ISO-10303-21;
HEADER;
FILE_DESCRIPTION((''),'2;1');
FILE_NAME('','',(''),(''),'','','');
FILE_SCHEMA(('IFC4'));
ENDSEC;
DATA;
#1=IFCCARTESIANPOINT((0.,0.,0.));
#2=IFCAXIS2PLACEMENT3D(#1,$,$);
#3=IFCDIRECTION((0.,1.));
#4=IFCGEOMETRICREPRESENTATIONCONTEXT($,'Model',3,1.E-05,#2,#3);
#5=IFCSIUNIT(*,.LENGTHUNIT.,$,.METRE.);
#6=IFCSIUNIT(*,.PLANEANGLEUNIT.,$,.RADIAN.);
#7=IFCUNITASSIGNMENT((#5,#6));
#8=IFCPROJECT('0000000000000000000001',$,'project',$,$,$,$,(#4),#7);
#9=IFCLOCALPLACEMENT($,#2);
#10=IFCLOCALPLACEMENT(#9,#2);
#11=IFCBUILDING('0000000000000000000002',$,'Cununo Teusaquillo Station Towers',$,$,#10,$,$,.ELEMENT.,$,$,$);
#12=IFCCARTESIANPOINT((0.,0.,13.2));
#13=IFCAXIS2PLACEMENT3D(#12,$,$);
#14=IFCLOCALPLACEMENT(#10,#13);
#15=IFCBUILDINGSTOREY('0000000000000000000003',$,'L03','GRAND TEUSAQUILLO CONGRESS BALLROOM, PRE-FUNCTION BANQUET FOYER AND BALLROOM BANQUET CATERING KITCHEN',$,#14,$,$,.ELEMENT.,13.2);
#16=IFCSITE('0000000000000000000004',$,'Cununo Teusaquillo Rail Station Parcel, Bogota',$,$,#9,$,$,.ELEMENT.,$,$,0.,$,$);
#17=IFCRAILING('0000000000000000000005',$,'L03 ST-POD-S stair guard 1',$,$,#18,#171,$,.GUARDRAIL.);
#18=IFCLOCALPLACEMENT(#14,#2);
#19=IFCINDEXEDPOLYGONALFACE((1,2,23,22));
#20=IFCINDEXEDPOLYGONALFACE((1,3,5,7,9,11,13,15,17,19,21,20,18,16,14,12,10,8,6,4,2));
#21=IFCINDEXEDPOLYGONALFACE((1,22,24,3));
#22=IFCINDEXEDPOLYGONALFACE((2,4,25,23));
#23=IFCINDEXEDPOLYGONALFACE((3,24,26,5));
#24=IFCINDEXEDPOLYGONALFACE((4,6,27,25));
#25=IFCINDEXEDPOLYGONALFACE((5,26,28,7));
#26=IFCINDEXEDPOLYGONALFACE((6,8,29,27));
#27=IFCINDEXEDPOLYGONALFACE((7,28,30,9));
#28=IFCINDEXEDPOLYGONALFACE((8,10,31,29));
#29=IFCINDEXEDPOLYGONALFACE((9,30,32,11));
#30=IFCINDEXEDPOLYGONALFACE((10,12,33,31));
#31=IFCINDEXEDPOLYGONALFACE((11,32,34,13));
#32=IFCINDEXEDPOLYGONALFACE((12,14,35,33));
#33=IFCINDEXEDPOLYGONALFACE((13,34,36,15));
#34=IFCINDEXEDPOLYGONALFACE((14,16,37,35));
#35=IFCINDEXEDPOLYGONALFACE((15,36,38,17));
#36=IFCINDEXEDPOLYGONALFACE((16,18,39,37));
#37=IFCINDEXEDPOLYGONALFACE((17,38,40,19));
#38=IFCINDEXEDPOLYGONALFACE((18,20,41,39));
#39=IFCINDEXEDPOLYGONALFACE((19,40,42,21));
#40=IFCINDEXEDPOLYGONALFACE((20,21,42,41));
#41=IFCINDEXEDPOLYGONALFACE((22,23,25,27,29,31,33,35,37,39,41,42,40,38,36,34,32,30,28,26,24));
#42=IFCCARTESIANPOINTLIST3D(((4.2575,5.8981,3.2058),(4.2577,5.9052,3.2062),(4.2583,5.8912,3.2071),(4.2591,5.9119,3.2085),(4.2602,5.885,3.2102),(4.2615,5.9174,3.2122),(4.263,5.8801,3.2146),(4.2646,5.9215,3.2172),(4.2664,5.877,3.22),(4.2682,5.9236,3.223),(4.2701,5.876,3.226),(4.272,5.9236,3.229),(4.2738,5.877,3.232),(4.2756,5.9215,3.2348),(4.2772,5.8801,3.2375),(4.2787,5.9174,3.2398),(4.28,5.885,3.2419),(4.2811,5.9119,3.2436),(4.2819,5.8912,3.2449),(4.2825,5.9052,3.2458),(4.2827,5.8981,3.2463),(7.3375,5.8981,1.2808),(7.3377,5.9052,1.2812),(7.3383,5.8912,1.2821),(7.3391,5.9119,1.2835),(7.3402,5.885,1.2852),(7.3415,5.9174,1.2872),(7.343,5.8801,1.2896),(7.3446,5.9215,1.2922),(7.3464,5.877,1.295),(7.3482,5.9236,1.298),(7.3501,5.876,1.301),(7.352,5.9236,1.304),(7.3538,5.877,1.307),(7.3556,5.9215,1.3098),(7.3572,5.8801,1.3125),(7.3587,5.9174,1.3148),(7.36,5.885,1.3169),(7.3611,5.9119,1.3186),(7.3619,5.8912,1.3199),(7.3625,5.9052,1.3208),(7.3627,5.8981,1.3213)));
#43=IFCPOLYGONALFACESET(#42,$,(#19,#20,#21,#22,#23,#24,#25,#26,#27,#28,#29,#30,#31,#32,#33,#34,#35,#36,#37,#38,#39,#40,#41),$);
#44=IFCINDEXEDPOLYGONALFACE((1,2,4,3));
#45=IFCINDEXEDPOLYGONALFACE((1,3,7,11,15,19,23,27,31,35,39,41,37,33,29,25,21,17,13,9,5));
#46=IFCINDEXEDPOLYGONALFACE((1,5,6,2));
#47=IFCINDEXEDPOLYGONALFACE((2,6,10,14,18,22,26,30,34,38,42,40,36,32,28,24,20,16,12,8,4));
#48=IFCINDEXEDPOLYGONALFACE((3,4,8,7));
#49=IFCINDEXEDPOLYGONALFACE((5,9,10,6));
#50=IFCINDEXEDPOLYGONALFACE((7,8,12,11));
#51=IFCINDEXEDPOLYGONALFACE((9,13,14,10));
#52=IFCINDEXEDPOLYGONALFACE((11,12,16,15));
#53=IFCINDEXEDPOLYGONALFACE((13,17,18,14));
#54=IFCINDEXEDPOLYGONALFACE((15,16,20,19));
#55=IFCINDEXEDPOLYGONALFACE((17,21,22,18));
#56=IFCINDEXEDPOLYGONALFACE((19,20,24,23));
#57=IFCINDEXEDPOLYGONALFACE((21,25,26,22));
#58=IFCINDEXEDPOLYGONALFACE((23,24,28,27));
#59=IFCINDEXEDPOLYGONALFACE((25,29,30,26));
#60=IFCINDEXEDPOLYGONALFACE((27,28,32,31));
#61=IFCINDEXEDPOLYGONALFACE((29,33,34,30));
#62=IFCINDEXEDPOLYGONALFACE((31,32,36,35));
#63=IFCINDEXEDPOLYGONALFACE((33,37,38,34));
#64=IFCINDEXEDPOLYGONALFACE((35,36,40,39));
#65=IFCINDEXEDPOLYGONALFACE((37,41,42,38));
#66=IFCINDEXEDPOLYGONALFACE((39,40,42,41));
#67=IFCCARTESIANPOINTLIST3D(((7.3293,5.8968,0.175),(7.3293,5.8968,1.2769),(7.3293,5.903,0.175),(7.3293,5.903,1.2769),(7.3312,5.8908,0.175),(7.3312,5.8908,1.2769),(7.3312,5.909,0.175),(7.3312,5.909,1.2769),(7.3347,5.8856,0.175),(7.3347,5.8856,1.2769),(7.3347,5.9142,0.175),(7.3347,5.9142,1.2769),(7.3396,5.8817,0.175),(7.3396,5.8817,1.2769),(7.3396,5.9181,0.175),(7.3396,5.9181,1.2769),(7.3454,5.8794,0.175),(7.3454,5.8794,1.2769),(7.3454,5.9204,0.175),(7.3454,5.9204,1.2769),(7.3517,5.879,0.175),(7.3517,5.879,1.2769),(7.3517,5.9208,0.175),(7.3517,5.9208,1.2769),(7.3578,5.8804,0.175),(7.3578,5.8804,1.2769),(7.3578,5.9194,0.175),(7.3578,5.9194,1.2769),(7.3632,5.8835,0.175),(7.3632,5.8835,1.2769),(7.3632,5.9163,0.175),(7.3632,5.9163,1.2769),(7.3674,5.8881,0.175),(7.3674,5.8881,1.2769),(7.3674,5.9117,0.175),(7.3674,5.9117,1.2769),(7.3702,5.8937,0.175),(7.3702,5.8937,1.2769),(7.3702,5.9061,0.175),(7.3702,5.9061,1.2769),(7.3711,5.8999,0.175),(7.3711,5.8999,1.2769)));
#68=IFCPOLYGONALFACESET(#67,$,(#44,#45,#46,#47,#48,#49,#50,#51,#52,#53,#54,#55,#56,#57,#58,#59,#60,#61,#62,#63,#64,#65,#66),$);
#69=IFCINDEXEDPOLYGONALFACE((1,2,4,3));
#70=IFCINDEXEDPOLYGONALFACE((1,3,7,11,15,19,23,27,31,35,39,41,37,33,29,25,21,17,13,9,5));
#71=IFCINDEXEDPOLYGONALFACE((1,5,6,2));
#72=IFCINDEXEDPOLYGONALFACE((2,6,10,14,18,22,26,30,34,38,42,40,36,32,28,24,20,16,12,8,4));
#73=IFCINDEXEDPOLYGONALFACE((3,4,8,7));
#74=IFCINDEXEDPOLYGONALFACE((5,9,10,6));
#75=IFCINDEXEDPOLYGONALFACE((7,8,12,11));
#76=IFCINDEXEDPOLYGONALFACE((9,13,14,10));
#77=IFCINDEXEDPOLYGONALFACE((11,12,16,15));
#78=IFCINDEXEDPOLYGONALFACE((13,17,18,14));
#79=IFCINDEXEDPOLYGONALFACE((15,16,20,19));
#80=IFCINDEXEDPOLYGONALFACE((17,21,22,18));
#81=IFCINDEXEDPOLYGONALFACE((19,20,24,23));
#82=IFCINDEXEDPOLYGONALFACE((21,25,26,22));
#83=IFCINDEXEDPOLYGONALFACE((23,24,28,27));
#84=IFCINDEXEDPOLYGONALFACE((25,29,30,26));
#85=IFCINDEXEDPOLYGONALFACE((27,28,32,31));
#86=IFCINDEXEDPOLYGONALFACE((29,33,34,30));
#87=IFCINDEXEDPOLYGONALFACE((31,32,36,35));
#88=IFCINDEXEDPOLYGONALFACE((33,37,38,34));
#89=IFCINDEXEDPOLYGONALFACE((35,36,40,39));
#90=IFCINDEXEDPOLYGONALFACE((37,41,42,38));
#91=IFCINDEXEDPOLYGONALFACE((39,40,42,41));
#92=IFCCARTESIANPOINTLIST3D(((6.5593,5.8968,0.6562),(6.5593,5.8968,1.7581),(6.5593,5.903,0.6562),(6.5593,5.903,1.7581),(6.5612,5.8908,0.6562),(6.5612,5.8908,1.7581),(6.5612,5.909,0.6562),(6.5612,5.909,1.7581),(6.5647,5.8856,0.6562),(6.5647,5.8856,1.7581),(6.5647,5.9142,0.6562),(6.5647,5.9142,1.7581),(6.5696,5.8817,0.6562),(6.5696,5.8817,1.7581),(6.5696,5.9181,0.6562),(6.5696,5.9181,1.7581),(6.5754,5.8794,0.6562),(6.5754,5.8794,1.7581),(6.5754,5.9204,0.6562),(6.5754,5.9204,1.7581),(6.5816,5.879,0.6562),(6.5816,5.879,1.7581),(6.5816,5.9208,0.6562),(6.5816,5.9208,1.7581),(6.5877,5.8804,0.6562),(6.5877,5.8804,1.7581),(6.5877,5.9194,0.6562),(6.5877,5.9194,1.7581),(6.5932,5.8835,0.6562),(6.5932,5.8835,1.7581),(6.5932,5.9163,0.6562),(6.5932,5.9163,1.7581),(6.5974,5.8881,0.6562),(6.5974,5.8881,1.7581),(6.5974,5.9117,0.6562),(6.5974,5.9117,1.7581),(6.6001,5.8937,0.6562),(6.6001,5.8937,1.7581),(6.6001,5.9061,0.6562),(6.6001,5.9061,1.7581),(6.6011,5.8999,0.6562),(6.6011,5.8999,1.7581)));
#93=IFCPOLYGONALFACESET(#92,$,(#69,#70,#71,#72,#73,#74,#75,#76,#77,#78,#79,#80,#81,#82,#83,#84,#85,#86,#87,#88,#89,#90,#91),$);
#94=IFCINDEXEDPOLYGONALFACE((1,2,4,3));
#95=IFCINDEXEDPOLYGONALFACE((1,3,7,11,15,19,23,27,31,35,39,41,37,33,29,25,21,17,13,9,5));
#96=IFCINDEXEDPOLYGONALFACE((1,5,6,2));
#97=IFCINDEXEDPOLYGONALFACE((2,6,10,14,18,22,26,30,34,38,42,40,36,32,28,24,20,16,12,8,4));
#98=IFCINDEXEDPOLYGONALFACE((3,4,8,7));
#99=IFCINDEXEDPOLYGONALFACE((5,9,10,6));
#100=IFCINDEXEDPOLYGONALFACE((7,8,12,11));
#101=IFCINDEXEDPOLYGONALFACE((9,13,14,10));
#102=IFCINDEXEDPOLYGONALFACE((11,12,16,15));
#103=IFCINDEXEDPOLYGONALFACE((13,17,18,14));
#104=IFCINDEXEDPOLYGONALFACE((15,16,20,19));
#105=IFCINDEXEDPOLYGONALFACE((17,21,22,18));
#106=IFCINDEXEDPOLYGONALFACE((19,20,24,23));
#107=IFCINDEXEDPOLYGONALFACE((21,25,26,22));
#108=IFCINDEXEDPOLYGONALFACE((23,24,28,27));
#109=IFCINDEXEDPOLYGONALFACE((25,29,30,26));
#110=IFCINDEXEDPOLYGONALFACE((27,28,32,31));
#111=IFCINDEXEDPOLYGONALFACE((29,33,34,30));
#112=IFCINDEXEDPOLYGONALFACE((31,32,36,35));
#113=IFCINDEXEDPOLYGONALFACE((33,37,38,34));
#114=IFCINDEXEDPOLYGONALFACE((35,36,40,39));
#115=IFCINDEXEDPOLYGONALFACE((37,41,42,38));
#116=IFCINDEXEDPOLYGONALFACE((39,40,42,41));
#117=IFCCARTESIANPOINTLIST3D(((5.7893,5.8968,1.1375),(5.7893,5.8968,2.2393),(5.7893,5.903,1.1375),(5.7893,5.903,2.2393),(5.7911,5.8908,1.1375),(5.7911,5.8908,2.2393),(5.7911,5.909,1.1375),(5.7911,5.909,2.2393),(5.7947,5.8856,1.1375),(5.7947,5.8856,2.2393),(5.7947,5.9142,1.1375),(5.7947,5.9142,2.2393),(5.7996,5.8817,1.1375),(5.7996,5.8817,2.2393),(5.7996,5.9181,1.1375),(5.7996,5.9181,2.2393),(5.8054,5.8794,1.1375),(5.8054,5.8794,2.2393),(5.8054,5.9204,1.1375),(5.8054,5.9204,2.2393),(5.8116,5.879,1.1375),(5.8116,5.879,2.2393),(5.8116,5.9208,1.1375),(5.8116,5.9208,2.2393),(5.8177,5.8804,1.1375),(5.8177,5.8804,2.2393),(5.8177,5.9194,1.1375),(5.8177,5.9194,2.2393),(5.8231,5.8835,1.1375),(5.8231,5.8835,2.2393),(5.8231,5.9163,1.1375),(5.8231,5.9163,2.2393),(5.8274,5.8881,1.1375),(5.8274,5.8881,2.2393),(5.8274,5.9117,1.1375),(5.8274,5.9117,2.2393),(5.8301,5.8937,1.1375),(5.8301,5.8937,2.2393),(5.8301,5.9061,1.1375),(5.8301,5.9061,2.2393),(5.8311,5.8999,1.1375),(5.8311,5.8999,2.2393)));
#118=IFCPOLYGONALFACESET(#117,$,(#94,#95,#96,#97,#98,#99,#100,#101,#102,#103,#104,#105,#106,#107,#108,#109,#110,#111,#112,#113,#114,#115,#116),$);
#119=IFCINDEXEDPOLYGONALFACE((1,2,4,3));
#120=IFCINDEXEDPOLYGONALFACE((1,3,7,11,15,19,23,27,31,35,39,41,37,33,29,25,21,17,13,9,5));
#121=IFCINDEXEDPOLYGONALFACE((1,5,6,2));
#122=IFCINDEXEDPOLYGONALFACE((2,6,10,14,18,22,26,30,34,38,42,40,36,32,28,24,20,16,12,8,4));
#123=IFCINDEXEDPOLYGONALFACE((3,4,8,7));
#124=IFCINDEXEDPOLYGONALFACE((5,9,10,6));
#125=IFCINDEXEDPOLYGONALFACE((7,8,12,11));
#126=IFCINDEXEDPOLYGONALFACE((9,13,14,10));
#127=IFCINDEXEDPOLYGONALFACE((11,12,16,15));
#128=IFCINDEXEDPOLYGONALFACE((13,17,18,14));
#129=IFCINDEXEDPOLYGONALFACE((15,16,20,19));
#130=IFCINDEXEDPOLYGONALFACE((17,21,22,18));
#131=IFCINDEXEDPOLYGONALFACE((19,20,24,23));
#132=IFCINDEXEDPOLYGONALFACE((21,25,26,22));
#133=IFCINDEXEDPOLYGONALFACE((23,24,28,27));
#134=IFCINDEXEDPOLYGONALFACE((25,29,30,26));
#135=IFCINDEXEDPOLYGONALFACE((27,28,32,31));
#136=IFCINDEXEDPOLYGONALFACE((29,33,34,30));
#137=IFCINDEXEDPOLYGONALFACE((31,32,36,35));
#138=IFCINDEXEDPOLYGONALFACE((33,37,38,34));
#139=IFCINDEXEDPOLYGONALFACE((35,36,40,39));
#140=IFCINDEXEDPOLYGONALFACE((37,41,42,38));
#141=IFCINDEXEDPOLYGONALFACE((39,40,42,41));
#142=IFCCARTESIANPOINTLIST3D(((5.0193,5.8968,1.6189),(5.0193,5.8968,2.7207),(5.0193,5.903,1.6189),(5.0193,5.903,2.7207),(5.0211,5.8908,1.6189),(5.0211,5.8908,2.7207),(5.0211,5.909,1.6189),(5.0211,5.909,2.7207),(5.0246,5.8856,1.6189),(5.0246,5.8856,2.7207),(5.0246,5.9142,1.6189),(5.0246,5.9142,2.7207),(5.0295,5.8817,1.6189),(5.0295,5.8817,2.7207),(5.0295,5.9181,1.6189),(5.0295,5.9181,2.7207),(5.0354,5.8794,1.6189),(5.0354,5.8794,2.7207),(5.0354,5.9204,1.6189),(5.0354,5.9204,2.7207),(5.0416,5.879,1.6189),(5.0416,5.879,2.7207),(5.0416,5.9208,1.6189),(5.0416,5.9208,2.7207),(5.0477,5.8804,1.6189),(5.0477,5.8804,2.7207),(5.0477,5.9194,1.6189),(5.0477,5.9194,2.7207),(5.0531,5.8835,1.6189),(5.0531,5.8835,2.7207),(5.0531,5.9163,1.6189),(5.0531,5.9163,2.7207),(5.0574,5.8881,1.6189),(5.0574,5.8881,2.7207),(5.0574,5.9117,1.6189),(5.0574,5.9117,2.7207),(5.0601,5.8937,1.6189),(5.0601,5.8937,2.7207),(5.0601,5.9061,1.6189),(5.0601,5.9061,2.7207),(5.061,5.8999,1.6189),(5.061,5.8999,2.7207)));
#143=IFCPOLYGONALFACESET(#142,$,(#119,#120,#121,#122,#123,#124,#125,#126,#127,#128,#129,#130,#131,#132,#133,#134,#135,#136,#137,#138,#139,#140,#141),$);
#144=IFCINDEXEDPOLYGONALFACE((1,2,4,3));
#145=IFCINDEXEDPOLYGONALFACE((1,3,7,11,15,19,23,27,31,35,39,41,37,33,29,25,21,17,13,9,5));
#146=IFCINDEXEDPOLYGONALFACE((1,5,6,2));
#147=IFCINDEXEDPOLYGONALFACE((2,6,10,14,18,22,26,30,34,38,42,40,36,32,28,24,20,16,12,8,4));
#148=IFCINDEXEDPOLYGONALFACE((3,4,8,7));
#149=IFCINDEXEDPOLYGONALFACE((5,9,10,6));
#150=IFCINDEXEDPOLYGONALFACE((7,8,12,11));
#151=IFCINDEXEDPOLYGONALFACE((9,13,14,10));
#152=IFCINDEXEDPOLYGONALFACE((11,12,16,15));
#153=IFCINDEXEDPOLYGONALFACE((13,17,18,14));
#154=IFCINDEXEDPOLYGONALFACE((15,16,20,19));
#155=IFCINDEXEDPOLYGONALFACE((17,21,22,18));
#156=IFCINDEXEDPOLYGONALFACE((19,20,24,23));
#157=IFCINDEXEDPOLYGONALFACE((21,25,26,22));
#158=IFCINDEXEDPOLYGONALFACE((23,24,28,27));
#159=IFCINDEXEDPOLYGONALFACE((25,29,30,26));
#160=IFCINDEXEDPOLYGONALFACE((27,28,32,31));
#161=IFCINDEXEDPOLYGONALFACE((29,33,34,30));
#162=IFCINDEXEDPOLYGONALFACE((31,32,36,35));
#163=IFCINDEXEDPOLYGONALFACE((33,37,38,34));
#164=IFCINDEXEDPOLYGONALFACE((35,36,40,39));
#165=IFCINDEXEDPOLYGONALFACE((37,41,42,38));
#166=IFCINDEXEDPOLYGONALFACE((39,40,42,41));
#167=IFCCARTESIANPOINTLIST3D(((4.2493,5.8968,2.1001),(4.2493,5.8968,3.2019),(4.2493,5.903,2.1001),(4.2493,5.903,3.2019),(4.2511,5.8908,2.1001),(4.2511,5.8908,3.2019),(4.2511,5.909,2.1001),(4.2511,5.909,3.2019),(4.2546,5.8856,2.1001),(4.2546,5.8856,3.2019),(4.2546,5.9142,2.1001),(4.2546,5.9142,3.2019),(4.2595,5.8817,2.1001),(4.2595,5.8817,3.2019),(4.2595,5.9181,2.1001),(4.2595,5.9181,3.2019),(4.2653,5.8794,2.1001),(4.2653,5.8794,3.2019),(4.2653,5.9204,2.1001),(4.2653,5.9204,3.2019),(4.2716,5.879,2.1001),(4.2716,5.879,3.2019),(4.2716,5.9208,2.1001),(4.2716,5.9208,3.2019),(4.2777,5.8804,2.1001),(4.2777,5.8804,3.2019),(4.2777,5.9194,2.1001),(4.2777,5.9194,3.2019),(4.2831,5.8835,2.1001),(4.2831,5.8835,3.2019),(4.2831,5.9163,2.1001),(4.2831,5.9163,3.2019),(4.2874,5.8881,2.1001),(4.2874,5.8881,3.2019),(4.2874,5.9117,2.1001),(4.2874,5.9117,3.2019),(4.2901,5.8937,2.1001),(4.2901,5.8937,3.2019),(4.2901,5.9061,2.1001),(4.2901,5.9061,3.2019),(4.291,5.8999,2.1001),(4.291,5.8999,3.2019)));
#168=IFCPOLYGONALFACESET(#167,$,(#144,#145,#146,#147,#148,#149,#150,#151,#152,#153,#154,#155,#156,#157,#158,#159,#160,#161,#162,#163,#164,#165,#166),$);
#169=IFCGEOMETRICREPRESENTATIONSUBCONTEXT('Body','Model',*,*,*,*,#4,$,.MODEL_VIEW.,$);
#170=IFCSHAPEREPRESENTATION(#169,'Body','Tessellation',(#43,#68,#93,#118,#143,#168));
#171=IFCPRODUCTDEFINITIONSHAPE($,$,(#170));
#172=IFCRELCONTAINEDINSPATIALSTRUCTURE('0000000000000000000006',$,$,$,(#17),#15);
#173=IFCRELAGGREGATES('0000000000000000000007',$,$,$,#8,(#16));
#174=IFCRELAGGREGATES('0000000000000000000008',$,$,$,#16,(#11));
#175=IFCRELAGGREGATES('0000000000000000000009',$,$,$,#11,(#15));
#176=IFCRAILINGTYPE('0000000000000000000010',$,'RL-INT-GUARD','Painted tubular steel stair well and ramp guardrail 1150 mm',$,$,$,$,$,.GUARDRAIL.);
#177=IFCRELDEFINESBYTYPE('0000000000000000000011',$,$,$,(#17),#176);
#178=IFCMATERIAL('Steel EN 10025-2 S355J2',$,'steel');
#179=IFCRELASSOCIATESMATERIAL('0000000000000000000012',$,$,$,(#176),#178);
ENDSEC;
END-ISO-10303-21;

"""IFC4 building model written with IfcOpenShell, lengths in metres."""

from ifc_helpers import new_model, si_unit, direction, frame, origin, origin_2d, place, context, subcontext, project, spatial, circle, extrude, material, type_object, element, save


model = new_model("IFC4")

# Units and contexts
model_context = context("Model", 3, precision=1e-05, world=origin(), true_north=direction((0.0, 1.0)))
body_context = subcontext(model_context, "Body", "Model", "MODEL_VIEW")
ifc_project = project(units=[si_unit("LENGTHUNIT", "METRE"), si_unit("PLANEANGLEUNIT", "RADIAN")], contexts=[model_context])

# Site, building, storey
site_placement = place(None, origin())
site = spatial("IfcSite", under=ifc_project, at=site_placement, Name="Cununo Teusaquillo Rail Station Parcel, Bogota", CompositionType="ELEMENT", RefElevation=0.0)
building_placement = place(site_placement, origin())
building = spatial("IfcBuilding", under=site, at=building_placement, Name="Cununo Teusaquillo Station Towers", CompositionType="ELEMENT")
storey_placement = place(building_placement, frame((0.0, 0.0, 13.2)))
storey = spatial("IfcBuildingStorey", under=building, at=storey_placement, Name="L03", Description="GRAND TEUSAQUILLO CONGRESS BALLROOM, PRE-FUNCTION BANQUET FOYER AND BALLROOM BANQUET CATERING KITCHEN", CompositionType="ELEMENT", Elevation=13.2)

# Railing
ifc_material_1 = material(Name="Steel EN 10025-2 S355J2", Category="steel")
railing_type_1 = type_object("IfcRailingType", Name="RL-INT-GUARD", Description="Painted tubular steel stair well and ramp guardrail 1150 mm", PredefinedType="GUARDRAIL", material=ifc_material_1)
railing_1_placement = place(storey_placement, frame((7.3501, 5.8999, 0.175)))
element("IfcRailing", 1, at=railing_1_placement, inside=storey, type_object=railing_type_1, Name="L03 ST-POD-S stair guard 1", PredefinedType="GUARDRAIL", context=body_context, shape_type="SweptSolid", body=[
    extrude(circle(Radius=0.0239, at=origin_2d()), frame((0.0, 0.0, 1.126), z_axis=(-0.847998, 0.0, 0.529999), x_axis=(0.0, -1.0, 0.0)), (0.0, 0.0, 1.0), 3.6321),
    extrude(circle(Radius=0.021, at=origin_2d()), origin(), (0.0, 0.0, 1.0), 1.1018),
    extrude(circle(Radius=0.021, at=origin_2d()), frame((-0.77, 0.0, 0.4812)), (0.0, 0.0, 1.0), 1.1018),
    extrude(circle(Radius=0.021, at=origin_2d()), frame((-1.54, 0.0, 0.9624)), (0.0, 0.0, 1.0), 1.1018),
    extrude(circle(Radius=0.021, at=origin_2d()), frame((-2.3101, 0.0, 1.4438)), (0.0, 0.0, 1.0), 1.1018),
    extrude(circle(Radius=0.021, at=origin_2d()), frame((-3.0801, 0.0, 1.925)), (0.0, 0.0, 1.0), 1.1018),
])

save(model, "model.ifc")
